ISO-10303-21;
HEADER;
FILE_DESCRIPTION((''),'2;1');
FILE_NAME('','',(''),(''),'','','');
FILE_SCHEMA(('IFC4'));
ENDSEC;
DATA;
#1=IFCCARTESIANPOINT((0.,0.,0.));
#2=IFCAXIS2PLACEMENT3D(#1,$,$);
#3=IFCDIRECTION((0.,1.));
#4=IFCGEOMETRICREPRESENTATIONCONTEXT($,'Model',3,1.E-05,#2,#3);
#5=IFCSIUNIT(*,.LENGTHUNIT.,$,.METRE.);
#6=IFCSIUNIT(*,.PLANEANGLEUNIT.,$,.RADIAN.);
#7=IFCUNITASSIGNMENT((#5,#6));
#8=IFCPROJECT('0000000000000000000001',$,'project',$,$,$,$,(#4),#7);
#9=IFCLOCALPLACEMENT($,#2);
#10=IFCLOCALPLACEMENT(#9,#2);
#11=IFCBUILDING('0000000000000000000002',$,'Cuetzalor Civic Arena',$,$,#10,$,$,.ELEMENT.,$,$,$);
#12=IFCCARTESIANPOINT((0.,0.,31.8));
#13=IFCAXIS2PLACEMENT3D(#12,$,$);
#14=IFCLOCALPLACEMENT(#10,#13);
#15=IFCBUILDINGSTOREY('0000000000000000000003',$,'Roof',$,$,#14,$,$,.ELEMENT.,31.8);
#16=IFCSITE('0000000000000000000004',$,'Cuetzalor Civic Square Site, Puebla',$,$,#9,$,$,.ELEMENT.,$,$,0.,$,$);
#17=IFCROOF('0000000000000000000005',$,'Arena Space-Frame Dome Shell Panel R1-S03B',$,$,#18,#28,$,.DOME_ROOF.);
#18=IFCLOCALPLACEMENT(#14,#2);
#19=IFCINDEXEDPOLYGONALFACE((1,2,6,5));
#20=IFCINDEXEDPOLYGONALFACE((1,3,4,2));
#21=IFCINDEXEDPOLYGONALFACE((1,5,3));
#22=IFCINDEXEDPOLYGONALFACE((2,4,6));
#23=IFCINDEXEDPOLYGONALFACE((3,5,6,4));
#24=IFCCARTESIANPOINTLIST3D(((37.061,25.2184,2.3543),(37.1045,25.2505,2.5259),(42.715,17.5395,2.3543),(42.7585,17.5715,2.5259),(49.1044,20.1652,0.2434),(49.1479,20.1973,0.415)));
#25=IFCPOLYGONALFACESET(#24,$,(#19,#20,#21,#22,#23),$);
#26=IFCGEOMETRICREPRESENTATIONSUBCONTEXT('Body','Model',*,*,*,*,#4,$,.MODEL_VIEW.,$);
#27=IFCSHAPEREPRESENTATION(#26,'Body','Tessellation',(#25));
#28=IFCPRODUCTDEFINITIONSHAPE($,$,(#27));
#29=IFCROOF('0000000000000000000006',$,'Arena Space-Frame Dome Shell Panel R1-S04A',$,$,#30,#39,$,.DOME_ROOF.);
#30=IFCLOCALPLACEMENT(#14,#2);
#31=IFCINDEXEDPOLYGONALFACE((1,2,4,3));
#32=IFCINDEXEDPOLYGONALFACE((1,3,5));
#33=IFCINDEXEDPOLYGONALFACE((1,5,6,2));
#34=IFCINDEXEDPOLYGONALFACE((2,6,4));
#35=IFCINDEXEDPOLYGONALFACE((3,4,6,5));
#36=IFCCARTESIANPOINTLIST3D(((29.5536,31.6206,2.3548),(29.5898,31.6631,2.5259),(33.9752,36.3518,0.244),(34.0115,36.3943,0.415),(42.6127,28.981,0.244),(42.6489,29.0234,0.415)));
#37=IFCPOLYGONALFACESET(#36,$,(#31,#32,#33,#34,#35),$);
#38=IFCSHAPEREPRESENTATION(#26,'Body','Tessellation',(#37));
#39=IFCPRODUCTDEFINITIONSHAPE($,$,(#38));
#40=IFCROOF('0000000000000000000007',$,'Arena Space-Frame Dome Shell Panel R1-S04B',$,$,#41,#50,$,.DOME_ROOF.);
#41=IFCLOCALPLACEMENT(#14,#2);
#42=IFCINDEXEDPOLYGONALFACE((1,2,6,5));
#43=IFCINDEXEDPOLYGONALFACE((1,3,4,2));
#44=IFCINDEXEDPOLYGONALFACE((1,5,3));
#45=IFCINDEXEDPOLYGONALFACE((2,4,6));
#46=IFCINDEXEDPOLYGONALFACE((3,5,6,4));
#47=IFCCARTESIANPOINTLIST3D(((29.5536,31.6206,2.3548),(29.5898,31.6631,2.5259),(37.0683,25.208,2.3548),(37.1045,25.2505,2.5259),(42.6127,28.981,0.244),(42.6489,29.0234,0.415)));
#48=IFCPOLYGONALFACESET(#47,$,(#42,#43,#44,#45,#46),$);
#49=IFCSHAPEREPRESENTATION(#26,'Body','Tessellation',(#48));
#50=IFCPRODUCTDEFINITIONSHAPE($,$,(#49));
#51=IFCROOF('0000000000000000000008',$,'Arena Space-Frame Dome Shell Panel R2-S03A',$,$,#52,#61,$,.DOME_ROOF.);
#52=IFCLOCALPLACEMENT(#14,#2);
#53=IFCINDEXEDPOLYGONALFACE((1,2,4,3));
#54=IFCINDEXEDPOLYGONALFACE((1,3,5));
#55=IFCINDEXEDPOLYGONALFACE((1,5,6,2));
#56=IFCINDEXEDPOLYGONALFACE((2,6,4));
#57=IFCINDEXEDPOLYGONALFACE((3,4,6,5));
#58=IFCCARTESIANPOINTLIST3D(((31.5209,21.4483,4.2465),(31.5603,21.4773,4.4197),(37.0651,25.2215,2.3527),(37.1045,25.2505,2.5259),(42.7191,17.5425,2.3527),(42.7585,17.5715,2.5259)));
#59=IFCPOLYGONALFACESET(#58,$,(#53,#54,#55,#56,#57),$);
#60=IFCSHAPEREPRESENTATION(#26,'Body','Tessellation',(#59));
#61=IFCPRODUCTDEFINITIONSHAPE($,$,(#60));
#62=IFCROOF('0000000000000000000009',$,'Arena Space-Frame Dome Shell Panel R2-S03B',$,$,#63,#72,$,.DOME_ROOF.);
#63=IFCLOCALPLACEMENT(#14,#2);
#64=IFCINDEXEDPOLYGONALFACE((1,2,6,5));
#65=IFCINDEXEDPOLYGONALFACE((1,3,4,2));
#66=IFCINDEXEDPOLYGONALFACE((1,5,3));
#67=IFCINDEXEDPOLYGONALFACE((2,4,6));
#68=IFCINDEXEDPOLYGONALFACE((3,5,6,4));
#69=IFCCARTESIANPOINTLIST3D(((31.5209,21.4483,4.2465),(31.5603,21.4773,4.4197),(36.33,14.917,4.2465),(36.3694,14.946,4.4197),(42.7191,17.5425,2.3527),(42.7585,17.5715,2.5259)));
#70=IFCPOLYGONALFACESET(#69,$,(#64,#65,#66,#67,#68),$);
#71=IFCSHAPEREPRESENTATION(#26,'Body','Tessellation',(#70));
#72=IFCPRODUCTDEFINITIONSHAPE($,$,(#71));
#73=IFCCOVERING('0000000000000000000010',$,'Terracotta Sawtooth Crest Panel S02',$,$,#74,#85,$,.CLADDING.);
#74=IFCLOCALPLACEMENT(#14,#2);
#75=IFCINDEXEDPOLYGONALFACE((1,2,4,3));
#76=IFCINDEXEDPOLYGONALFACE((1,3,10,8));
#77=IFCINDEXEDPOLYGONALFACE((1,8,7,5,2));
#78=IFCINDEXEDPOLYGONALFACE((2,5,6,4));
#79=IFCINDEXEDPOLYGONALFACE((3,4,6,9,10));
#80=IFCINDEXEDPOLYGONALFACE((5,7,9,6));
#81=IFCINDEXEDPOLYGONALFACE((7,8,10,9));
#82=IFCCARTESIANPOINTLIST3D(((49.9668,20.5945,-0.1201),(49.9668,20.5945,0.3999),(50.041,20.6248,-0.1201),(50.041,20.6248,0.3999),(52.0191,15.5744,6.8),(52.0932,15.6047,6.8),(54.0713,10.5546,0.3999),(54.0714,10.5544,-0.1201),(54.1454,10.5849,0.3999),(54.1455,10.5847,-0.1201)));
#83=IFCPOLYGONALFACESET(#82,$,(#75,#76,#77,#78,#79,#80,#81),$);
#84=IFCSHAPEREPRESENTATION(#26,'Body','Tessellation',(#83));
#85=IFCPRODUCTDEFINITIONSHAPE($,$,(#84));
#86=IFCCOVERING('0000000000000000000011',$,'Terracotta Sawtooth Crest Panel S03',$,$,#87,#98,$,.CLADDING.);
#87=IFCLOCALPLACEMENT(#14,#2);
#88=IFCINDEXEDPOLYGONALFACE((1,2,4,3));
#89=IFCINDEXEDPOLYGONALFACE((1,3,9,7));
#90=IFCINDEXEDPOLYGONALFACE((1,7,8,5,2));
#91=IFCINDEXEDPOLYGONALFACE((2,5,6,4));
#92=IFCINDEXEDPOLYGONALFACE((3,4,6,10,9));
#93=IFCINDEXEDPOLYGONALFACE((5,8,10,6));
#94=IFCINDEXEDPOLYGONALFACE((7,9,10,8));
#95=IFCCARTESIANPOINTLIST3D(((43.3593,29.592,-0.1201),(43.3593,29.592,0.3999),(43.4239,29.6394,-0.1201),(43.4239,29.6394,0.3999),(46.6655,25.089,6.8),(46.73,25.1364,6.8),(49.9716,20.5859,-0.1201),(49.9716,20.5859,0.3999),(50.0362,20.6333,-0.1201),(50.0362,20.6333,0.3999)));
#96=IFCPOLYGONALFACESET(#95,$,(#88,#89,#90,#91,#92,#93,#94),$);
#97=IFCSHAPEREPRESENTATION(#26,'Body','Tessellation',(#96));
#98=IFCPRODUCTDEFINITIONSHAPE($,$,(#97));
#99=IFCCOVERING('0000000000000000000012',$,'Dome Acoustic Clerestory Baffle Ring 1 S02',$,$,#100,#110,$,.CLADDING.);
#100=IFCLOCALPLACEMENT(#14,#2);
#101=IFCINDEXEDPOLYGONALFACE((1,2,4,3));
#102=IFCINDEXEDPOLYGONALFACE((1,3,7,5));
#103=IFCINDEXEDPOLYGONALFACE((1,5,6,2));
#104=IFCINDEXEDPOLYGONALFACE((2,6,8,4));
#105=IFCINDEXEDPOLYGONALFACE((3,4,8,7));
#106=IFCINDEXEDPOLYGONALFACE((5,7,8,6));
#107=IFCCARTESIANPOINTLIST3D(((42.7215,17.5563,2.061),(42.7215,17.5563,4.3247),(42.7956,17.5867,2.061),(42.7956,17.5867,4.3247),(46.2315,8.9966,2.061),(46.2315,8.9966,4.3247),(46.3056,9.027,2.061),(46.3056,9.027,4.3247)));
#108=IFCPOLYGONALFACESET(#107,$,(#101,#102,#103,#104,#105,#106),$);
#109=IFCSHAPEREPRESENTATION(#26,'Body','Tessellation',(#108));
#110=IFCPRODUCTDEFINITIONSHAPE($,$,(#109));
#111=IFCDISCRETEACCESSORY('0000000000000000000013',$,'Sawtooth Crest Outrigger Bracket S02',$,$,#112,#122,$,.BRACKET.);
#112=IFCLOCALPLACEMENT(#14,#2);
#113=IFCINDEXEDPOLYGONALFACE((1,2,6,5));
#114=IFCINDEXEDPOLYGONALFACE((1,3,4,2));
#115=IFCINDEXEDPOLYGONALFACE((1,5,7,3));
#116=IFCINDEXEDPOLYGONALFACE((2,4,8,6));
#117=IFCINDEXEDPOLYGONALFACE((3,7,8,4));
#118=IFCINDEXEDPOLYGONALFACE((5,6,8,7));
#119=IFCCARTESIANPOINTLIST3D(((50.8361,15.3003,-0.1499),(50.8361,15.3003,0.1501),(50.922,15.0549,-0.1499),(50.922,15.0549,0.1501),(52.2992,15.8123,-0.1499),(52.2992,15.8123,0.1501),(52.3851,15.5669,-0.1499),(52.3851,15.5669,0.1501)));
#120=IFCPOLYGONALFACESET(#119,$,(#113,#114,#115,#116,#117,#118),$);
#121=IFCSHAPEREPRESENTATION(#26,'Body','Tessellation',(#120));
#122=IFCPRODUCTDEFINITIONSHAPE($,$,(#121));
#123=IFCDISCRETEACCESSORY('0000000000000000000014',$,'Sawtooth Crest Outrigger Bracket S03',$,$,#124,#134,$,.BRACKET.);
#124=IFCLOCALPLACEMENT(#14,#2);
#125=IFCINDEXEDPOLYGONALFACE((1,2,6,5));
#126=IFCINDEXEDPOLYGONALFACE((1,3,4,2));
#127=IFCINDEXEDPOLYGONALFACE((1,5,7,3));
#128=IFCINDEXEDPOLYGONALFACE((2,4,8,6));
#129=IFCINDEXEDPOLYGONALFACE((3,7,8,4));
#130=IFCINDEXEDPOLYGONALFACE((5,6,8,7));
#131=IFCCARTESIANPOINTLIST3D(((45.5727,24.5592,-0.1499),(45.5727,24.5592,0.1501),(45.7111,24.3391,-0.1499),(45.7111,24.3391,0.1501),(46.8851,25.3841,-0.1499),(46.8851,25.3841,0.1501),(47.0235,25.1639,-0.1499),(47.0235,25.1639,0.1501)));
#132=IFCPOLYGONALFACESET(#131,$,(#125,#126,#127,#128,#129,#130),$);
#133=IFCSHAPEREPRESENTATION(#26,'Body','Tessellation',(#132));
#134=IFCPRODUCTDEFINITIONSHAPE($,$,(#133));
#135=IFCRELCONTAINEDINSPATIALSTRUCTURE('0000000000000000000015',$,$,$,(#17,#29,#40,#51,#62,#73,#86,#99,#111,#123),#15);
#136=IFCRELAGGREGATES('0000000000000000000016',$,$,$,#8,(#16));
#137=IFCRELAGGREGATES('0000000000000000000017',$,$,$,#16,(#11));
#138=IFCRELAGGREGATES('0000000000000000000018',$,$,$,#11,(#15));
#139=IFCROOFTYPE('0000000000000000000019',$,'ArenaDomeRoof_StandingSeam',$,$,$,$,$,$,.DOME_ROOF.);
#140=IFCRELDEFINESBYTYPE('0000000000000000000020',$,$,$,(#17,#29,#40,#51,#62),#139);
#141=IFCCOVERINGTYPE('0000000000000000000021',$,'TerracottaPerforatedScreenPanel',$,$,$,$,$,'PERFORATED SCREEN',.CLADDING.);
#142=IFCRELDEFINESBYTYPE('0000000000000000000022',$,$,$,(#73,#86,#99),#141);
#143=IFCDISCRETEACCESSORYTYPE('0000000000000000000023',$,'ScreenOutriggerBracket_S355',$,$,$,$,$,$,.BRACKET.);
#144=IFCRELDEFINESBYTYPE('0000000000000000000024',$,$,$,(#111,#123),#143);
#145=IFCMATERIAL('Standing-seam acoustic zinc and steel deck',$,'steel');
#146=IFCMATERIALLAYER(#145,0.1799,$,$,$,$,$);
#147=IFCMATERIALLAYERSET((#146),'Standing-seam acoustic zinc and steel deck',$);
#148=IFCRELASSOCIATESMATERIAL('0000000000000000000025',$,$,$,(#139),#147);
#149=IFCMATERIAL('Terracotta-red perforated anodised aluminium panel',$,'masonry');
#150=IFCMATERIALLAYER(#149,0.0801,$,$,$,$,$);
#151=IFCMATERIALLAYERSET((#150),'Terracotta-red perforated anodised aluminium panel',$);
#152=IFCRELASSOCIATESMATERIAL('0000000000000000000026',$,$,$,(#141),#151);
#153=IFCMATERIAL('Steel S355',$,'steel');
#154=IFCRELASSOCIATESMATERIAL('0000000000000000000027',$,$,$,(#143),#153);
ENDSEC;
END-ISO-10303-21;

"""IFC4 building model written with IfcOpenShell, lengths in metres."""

from ifc_helpers import new_model, si_unit, direction, frame, frame_2d, origin, origin_2d, place, context, subcontext, project, spatial, polyline, rectangle, outline, extrude, material, layer, layer_set, type_object, element, save


model = new_model("IFC4")

# Units and contexts
model_context = context("Model", 3, precision=1e-05, world=origin(), true_north=direction((0.0, 1.0)))
body_context = subcontext(model_context, "Body", "Model", "MODEL_VIEW")
ifc_project = project(units=[si_unit("LENGTHUNIT", "METRE"), si_unit("PLANEANGLEUNIT", "RADIAN")], contexts=[model_context])

# Site, building, storey
site_placement = place(None, origin())
site = spatial("IfcSite", under=ifc_project, at=site_placement, Name="Cuetzalor Civic Square Site, Puebla", CompositionType="ELEMENT", RefElevation=0.0)
building_placement = place(site_placement, origin())
building = spatial("IfcBuilding", under=site, at=building_placement, Name="Cuetzalor Civic Arena", CompositionType="ELEMENT")
storey_placement = place(building_placement, frame((0.0, 0.0, 31.8)))
storey = spatial("IfcBuildingStorey", under=building, at=storey_placement, Name="Roof", CompositionType="ELEMENT", Elevation=31.8)

# Roofs
ifc_material_1 = material(Name="Standing-seam acoustic zinc and steel deck", Category="steel")
ifc_layer_1 = layer(ifc_material_1, 0.1799)
ifc_layer_set_1 = layer_set([ifc_layer_1], Name="Standing-seam acoustic zinc and steel deck")
roof_type = type_object("IfcRoofType", Name="ArenaDomeRoof_StandingSeam", PredefinedType="DOME_ROOF", material=ifc_layer_set_1)
roof_1_placement = place(storey_placement, frame((49.1479, 20.1973, 0.415), z_axis=(0.241908, 0.178118, 0.95381), x_axis=(-0.910307, 0.381949, 0.159548)))
element("IfcRoof", 1, at=roof_1_placement, inside=storey, type_object=roof_type, Name="Arena Space-Frame Dome Shell Panel R1-S03B", PredefinedType="DOME_ROOF", context=body_context, shape_type="SweptSolid", body=[
    extrude(outline(polyline([(0.0, 0.0), (13.2301, 0.0), (5.1502, 5.0646), (0.0, 0.0)])), origin(), (0.0, 0.0, -1.0), 0.1799),
])
roof_2_placement = place(storey_placement, frame((42.6489, 29.0234, 0.415), z_axis=(0.201359, 0.235961, 0.950672), x_axis=(-0.760677, 0.649131, 0.0)))
element("IfcRoof", 2, at=roof_2_placement, inside=storey, type_object=roof_type, Name="Arena Space-Frame Dome Shell Panel R1-S04A", PredefinedType="DOME_ROOF", context=body_context, shape_type="SweptSolid", body=[
    extrude(outline(polyline([(0.0, 0.0), (11.355, 0.0), (11.6472, 6.8048), (0.0, 0.0)])), origin(), (0.0, 0.0, -1.0), 0.1799),
])
roof_3_placement = place(storey_placement, frame((42.6489, 29.0234, 0.415), z_axis=(0.20136, 0.235965, 0.950671), x_axis=(-0.968102, 0.195684, 0.156482)))
element("IfcRoof", 3, at=roof_3_placement, inside=storey, type_object=roof_type, Name="Arena Space-Frame Dome Shell Panel R1-S04B", PredefinedType="DOME_ROOF", context=body_context, shape_type="SweptSolid", body=[
    extrude(outline(polyline([(0.0, 0.0), (13.4894, 0.0), (4.9596, 4.9834), (0.0, 0.0)])), origin(), (0.0, 0.0, -1.0), 0.1799),
])
roof_4_placement = place(storey_placement, frame((42.7585, 17.5715, 2.5259), z_axis=(0.218979, 0.161235, 0.962316), x_axis=(-0.592919, 0.805262, 0.0)))
element("IfcRoof", 4, at=roof_4_placement, inside=storey, type_object=roof_type, Name="Arena Space-Frame Dome Shell Panel R2-S03A", PredefinedType="DOME_ROOF", context=body_context, shape_type="SweptSolid", body=[
    extrude(outline(polyline([(0.0, 0.0), (9.536, 0.0), (9.7848, 6.9642), (0.0, 0.0)])), origin(), (0.0, 0.0, -1.0), 0.1799),
])
roof_5_placement = place(storey_placement, frame((42.7585, 17.5715, 2.5259), z_axis=(0.21898, 0.161239, 0.962315), x_axis=(-0.932403, 0.325207, 0.157684)))
element("IfcRoof", 5, at=roof_5_placement, inside=storey, type_object=roof_type, Name="Arena Space-Frame Dome Shell Panel R2-S03B", PredefinedType="DOME_ROOF", context=body_context, shape_type="SweptSolid", body=[
    extrude(outline(polyline([(0.0, 0.0), (12.0101, 0.0), (5.4021, 4.703), (0.0, 0.0)])), origin(), (0.0, 0.0, -1.0), 0.1799),
])

# Coverings
ifc_material_2 = material(Name="Terracotta-red perforated anodised aluminium panel", Category="masonry")
ifc_layer_2 = layer(ifc_material_2, 0.0801)
ifc_layer_set_2 = layer_set([ifc_layer_2], Name="Terracotta-red perforated anodised aluminium panel")
covering_type = type_object("IfcCoveringType", Name="TerracottaPerforatedScreenPanel", ElementType="PERFORATED SCREEN", PredefinedType="CLADDING", material=ifc_layer_set_2)
covering_1_placement = place(storey_placement, frame((50.0039, 20.6096, -0.1201), z_axis=(0.0, 0.0, 1.0), x_axis=(0.378412, -0.925637, 0.0)))
element("IfcCovering", 6, at=covering_1_placement, inside=storey, type_object=covering_type, Name="Terracotta Sawtooth Crest Panel S02", PredefinedType="CLADDING", context=body_context, shape_type="SweptSolid", body=[
    extrude(outline(polyline([(0.0, 0.0), (10.8467, 0.0), (10.8464, 0.52), (5.4233, 6.9202), (0.0, 0.52), (0.0, 0.0)])), frame((0.0, 0.04, 0.0), z_axis=(0.0, -1.0, 0.0), x_axis=(1.0, 0.0, 0.0)), (0.0, 0.0, 1.0), 0.0801),
])
covering_2_placement = place(storey_placement, frame((43.3916, 29.6157, -0.1201), z_axis=(0.0, 0.0, 1.0), x_axis=(0.591819, -0.806071, 0.0)))
element("IfcCovering", 7, at=covering_2_placement, inside=storey, type_object=covering_type, Name="Terracotta Sawtooth Crest Panel S03", PredefinedType="CLADDING", context=body_context, shape_type="SweptSolid", body=[
    extrude(outline(polyline([(0.0, 0.0), (11.1729, 0.0), (11.1729, 0.52), (5.5864, 6.9202), (0.0, 0.52), (0.0, 0.0)])), frame((0.0, 0.04, 0.0), z_axis=(0.0, -1.0, 0.0), x_axis=(1.0, 0.0, 0.0)), (0.0, 0.0, 1.0), 0.0801),
])
covering_3_placement = place(storey_placement, frame((42.7585, 17.5715, 2.061), z_axis=(0.0, 0.0, 1.0), x_axis=(0.379398, -0.925233, 0.0)))
element("IfcCovering", 8, at=covering_3_placement, inside=storey, type_object=covering_type, Name="Dome Acoustic Clerestory Baffle Ring 1 S02", PredefinedType="CLADDING", context=body_context, shape_type="SweptSolid", body=[
    extrude(rectangle(XDim=9.2515, YDim=0.0801, at=frame_2d((4.6257, 0.0))), origin(), (0.0, 0.0, 1.0), 2.2637),
])

# Discrete accessories
ifc_material_3 = material(Name="Steel S355", Category="steel")
discrete_accessory_type = type_object("IfcDiscreteAccessoryType", Name="ScreenOutriggerBracket_S355", PredefinedType="BRACKET", material=ifc_material_3)
for number, where, z_axis, x_axis, name in (
    (9, (51.6106, 15.4336, -0.1499), (0.0, 0.0, 1.0), (0.943859, 0.33035, 0.0), "Sawtooth Crest Outrigger Bracket S02"),
    (10, (46.2981, 24.8616, -0.1499), (0.0, 0.0, 1.0), (0.846658, 0.532138, 0.0), "Sawtooth Crest Outrigger Bracket S03"),
):
    element("IfcDiscreteAccessory", number, at=place(storey_placement, frame(where, z_axis=z_axis, x_axis=x_axis)), inside=storey, type_object=discrete_accessory_type, Name=name, PredefinedType="BRACKET", context=body_context, shape_type="SweptSolid", body=[
        extrude(rectangle(XDim=1.55, YDim=0.26, at=origin_2d()), origin(), (0.0, 0.0, 1.0), 0.3),
    ])

save(model, "model.ifc")
